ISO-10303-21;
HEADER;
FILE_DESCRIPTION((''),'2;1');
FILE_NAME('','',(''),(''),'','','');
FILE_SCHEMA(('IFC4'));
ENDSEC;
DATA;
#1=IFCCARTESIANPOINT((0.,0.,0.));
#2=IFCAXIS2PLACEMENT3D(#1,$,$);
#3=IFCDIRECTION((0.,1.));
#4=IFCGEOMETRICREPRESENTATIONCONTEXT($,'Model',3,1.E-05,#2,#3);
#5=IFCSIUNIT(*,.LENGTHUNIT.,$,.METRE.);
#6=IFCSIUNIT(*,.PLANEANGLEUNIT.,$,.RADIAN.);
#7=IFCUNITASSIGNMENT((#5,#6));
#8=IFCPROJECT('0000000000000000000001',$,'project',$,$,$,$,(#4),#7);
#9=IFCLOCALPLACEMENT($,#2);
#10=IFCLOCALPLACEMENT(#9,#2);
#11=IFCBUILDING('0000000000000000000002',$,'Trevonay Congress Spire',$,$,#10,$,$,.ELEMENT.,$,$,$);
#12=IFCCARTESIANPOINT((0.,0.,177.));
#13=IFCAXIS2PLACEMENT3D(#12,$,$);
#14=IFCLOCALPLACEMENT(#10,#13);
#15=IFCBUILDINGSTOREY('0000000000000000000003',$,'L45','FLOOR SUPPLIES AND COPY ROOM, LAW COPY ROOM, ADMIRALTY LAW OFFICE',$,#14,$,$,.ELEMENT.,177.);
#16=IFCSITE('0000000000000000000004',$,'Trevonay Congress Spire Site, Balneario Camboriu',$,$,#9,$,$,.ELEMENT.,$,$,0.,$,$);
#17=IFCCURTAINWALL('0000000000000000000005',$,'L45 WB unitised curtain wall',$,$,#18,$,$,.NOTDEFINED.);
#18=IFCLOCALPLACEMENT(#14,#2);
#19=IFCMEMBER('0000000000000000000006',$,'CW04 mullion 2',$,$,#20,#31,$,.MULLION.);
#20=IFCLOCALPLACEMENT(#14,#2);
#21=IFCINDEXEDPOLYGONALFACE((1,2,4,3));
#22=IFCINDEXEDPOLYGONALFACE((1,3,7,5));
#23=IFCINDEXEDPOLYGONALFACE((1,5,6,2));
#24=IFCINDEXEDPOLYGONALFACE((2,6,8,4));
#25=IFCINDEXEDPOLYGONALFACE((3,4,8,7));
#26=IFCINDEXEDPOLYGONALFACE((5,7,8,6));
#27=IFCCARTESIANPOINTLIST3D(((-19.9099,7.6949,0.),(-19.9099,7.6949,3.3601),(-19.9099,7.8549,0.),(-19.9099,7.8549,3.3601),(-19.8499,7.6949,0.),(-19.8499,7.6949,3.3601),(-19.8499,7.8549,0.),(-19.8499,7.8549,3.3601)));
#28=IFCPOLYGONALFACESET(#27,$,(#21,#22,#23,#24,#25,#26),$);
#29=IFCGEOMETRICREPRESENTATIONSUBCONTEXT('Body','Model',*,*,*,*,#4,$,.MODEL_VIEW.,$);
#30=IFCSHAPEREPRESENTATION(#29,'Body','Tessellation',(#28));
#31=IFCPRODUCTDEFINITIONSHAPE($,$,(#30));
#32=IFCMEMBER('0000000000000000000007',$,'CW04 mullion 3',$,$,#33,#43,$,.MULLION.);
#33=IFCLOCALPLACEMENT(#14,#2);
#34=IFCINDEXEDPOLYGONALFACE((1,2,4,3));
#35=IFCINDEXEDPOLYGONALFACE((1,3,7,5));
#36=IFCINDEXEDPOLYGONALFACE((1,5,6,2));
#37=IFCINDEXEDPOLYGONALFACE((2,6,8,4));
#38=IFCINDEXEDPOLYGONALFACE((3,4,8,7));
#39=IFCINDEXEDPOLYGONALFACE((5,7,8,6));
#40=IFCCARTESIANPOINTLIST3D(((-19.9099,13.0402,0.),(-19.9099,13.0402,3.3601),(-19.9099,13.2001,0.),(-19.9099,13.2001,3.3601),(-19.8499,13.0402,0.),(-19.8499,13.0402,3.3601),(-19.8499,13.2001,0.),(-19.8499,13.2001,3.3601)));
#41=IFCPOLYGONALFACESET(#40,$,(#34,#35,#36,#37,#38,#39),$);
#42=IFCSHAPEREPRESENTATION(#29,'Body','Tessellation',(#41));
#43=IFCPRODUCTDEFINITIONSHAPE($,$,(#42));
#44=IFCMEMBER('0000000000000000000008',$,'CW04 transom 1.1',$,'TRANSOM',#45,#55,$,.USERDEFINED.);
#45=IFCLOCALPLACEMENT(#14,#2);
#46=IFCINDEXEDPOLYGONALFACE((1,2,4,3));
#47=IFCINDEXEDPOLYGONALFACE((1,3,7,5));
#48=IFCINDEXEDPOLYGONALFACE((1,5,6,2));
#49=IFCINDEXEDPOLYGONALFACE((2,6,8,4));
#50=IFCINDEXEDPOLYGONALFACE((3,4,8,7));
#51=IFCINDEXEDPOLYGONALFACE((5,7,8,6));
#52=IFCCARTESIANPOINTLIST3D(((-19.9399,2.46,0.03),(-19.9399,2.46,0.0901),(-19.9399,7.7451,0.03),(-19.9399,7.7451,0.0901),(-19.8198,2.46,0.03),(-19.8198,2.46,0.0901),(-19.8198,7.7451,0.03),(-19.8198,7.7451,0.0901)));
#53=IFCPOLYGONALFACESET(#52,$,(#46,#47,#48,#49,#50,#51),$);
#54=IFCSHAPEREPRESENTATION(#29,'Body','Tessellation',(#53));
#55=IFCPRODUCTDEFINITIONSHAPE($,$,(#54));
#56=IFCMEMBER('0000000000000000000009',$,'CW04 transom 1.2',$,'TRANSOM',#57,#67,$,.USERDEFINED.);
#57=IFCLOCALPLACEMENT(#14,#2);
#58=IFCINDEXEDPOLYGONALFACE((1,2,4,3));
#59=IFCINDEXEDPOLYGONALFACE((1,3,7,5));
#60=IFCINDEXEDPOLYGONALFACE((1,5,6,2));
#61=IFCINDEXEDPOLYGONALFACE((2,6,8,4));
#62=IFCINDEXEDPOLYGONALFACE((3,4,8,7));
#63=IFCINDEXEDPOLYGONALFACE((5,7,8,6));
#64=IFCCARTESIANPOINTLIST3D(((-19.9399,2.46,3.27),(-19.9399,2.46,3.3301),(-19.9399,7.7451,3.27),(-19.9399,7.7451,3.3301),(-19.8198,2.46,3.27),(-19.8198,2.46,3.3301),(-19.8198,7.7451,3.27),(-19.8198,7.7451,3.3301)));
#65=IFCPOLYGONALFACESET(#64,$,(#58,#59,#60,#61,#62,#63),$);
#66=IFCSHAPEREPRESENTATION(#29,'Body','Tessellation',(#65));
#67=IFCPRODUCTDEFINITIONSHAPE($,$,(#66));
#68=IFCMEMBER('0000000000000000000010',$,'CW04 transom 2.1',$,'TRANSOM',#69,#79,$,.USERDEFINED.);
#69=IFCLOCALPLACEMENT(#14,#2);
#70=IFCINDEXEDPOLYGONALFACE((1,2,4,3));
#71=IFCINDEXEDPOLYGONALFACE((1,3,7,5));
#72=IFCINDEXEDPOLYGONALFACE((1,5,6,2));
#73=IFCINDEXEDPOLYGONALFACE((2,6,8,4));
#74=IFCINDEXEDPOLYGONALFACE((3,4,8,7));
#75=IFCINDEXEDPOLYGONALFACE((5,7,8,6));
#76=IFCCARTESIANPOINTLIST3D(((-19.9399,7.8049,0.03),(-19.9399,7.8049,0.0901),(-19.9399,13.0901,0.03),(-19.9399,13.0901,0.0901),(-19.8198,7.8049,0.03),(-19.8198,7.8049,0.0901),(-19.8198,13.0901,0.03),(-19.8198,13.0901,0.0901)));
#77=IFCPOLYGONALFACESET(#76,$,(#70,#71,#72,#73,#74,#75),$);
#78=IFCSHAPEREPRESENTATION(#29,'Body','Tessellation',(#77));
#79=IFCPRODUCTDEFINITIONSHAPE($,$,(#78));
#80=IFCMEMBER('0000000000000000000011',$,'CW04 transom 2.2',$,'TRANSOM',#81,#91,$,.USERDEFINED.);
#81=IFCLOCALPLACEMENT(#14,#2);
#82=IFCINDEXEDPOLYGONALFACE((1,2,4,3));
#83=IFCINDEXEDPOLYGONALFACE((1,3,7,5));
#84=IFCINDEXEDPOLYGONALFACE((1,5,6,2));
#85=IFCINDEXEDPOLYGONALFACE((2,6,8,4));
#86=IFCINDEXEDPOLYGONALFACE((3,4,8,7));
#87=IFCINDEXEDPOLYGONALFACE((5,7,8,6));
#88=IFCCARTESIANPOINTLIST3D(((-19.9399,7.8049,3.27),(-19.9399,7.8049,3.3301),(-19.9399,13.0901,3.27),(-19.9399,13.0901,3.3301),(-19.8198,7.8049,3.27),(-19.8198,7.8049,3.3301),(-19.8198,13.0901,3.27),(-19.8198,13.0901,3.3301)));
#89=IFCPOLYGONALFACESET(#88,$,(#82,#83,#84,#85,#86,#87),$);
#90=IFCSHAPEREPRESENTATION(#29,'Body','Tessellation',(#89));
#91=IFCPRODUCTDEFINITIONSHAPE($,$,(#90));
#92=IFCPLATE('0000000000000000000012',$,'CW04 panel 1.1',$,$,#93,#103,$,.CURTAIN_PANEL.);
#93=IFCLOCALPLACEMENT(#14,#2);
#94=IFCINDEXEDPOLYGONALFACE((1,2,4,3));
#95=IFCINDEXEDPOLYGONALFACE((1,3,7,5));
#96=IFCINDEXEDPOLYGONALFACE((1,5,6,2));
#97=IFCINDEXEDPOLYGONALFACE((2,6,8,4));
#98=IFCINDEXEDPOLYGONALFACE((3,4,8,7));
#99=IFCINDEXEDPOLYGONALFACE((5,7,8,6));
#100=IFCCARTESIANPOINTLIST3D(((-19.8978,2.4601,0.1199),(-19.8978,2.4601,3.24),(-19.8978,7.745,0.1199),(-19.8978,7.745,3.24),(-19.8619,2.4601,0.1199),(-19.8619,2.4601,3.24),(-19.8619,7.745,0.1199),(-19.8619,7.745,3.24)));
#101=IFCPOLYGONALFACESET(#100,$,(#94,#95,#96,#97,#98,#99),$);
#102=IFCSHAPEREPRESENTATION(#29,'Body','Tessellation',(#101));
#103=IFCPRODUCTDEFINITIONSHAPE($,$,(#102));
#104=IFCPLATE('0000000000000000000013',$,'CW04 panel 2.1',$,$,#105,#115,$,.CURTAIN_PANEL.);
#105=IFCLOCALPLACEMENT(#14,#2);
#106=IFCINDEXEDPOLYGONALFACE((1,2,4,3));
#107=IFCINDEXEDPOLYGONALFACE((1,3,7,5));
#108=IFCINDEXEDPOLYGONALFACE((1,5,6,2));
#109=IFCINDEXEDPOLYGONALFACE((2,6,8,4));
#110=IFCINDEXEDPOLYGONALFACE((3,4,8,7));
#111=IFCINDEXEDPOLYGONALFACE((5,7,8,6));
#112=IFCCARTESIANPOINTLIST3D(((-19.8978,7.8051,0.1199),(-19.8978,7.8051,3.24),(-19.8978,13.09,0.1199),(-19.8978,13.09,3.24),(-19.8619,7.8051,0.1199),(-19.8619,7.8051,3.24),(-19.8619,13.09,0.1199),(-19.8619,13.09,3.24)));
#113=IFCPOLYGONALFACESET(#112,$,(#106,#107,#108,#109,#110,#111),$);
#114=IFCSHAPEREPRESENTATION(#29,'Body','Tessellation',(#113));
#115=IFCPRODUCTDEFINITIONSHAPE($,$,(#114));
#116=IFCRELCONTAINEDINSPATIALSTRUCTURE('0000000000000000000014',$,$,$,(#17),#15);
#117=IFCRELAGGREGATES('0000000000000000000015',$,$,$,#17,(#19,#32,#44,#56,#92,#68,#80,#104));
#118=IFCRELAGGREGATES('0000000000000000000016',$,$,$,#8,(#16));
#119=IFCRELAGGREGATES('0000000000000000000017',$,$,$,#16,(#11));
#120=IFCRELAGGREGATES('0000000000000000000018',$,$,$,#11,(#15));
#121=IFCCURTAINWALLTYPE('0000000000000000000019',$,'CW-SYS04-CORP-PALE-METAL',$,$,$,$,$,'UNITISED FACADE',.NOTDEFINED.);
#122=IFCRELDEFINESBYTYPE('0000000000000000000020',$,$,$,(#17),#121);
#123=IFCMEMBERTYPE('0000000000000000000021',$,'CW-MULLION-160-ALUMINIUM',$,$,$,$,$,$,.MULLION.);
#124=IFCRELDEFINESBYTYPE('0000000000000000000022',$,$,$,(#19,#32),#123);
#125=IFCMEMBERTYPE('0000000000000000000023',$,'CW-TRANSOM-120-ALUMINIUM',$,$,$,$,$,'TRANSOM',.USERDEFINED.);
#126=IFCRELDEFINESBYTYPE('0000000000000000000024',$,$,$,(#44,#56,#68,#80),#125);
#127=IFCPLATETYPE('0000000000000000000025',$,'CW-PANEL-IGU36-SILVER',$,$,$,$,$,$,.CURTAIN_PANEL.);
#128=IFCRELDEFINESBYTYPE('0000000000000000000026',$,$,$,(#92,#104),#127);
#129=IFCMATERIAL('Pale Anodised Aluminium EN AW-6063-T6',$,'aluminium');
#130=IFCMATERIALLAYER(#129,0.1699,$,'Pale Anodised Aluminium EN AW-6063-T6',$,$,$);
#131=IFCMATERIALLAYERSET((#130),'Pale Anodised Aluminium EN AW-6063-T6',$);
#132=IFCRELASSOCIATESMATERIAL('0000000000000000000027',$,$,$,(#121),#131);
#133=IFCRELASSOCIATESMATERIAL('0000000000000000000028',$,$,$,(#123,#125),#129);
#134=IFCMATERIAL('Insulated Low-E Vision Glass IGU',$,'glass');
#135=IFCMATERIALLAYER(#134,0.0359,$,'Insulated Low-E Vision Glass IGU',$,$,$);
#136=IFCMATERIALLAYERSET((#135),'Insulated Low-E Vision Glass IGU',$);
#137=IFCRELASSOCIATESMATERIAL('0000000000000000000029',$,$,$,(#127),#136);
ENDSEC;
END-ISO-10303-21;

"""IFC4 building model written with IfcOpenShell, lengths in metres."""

from ifc_helpers import new_model, si_unit, direction, frame, origin, origin_2d, place, context, subcontext, project, spatial, rectangle, extrude, material, layer, layer_set, material_profile, profile_set, type_object, element, aggregate, save


model = new_model("IFC4")

# Units and contexts
model_context = context("Model", 3, precision=1e-05, world=origin(), true_north=direction((0.0, 1.0)))
body_context = subcontext(model_context, "Body", "Model", "MODEL_VIEW")
ifc_project = project(units=[si_unit("LENGTHUNIT", "METRE"), si_unit("PLANEANGLEUNIT", "RADIAN")], contexts=[model_context])

# Site, building, storey
site_placement = place(None, origin())
site = spatial("IfcSite", under=ifc_project, at=site_placement, Name="Trevonay Congress Spire Site, Balneario Camboriu", CompositionType="ELEMENT", RefElevation=0.0)
building_placement = place(site_placement, origin())
building = spatial("IfcBuilding", under=site, at=building_placement, Name="Trevonay Congress Spire", CompositionType="ELEMENT")
storey_placement = place(building_placement, frame((0.0, 0.0, 177.0)))
storey = spatial("IfcBuildingStorey", under=building, at=storey_placement, Name="L45", Description="FLOOR SUPPLIES AND COPY ROOM, LAW COPY ROOM, ADMIRALTY LAW OFFICE", CompositionType="ELEMENT", Elevation=177.0)

# Curtain wall, members, plates
ifc_material_1 = material(Name="Pale Anodised Aluminium EN AW-6063-T6", Category="aluminium")
ifc_layer_1 = layer(ifc_material_1, 0.1699, Name="Pale Anodised Aluminium EN AW-6063-T6")
ifc_layer_set_1 = layer_set([ifc_layer_1], Name="Pale Anodised Aluminium EN AW-6063-T6")
curtain_wall_type = type_object("IfcCurtainWallType", Name="CW-SYS04-CORP-PALE-METAL", ElementType="UNITISED FACADE", PredefinedType="NOTDEFINED", material=ifc_layer_set_1)
curtain_wall_placement = place(storey_placement, origin())
curtain_wall = element("IfcCurtainWall", 1, at=curtain_wall_placement, inside=storey, type_object=curtain_wall_type, Name="L45 WB unitised curtain wall", PredefinedType="NOTDEFINED")
ifc_material_profile_1 = material_profile(ifc_material_1, rectangle(XDim=0.0601, YDim=0.1599, at=origin_2d()), Name="CW-MULLION-160-ALUMINIUM")
ifc_profile_set_1 = profile_set([ifc_material_profile_1], Name="Pale Anodised Aluminium EN AW-6063-T6")
member_type_1 = type_object("IfcMemberType", Name="CW-MULLION-160-ALUMINIUM", PredefinedType="MULLION", material=ifc_profile_set_1)
member_1_placement = place(storey_placement, frame((-19.8799, 7.7749, 0.0), z_axis=(0.0, 0.0, 1.0), x_axis=(-1.0, 0.0, 0.0)))
member_1 = element("IfcMember", 2, at=member_1_placement, type_object=member_type_1, Name="CW04 mullion 2", PredefinedType="MULLION", context=body_context, shape_type="SweptSolid", body=[
    extrude(rectangle(XDim=0.0601, YDim=0.1599, at=origin_2d()), origin(), (0.0, 0.0, 1.0), 3.3601),
])
member_2_placement = place(storey_placement, frame((-19.8799, 13.1201, 0.0), z_axis=(0.0, 0.0, 1.0), x_axis=(-1.0, 0.0, 0.0)))
member_2 = element("IfcMember", 3, at=member_2_placement, type_object=member_type_1, Name="CW04 mullion 3", PredefinedType="MULLION", context=body_context, shape_type="SweptSolid", body=[
    extrude(rectangle(XDim=0.0601, YDim=0.1599, at=origin_2d()), origin(), (0.0, 0.0, 1.0), 3.3601),
])
ifc_material_profile_2 = material_profile(ifc_material_1, rectangle(XDim=0.1201, YDim=0.0601, at=origin_2d()), Name="CW-TRANSOM-120-ALUMINIUM")
ifc_profile_set_2 = profile_set([ifc_material_profile_2], Name="Pale Anodised Aluminium EN AW-6063-T6")
member_type_2 = type_object("IfcMemberType", Name="CW-TRANSOM-120-ALUMINIUM", ElementType="TRANSOM", PredefinedType="USERDEFINED", material=ifc_profile_set_2)
member_3_placement = place(storey_placement, frame((-19.8799, 2.46, 0.0601), z_axis=(0.0, 1.0, 0.0), x_axis=(-1.0, 0.0, 0.0)))
member_3 = element("IfcMember", 4, at=member_3_placement, type_object=member_type_2, Name="CW04 transom 1.1", ObjectType="TRANSOM", PredefinedType="USERDEFINED", context=body_context, shape_type="SweptSolid", body=[
    extrude(rectangle(XDim=0.1201, YDim=0.0601, at=origin_2d()), origin(), (0.0, 0.0, 1.0), 5.2852),
])
member_4_placement = place(storey_placement, frame((-19.8799, 2.46, 3.3), z_axis=(0.0, 1.0, 0.0), x_axis=(-1.0, 0.0, 0.0)))
member_4 = element("IfcMember", 5, at=member_4_placement, type_object=member_type_2, Name="CW04 transom 1.2", ObjectType="TRANSOM", PredefinedType="USERDEFINED", context=body_context, shape_type="SweptSolid", body=[
    extrude(rectangle(XDim=0.1201, YDim=0.0601, at=origin_2d()), origin(), (0.0, 0.0, 1.0), 5.2852),
])
member_5_placement = place(storey_placement, frame((-19.8799, 7.8049, 0.0601), z_axis=(0.0, 1.0, 0.0), x_axis=(-1.0, 0.0, 0.0)))
member_5 = element("IfcMember", 6, at=member_5_placement, type_object=member_type_2, Name="CW04 transom 2.1", ObjectType="TRANSOM", PredefinedType="USERDEFINED", context=body_context, shape_type="SweptSolid", body=[
    extrude(rectangle(XDim=0.1201, YDim=0.0601, at=origin_2d()), origin(), (0.0, 0.0, 1.0), 5.2852),
])
member_6_placement = place(storey_placement, frame((-19.8799, 7.8049, 3.3), z_axis=(0.0, 1.0, 0.0), x_axis=(-1.0, 0.0, 0.0)))
member_6 = element("IfcMember", 7, at=member_6_placement, type_object=member_type_2, Name="CW04 transom 2.2", ObjectType="TRANSOM", PredefinedType="USERDEFINED", context=body_context, shape_type="SweptSolid", body=[
    extrude(rectangle(XDim=0.1201, YDim=0.0601, at=origin_2d()), origin(), (0.0, 0.0, 1.0), 5.2852),
])
ifc_material_2 = material(Name="Insulated Low-E Vision Glass IGU", Category="glass")
ifc_layer_2 = layer(ifc_material_2, 0.0359, Name="Insulated Low-E Vision Glass IGU")
ifc_layer_set_2 = layer_set([ifc_layer_2], Name="Insulated Low-E Vision Glass IGU")
plate_type = type_object("IfcPlateType", Name="CW-PANEL-IGU36-SILVER", PredefinedType="CURTAIN_PANEL", material=ifc_layer_set_2)
plate_1_placement = place(storey_placement, frame((-19.8799, 5.1025, 0.1199), z_axis=(0.0, 0.0, 1.0), x_axis=(0.0, 1.0, 0.0)))
plate_1 = element("IfcPlate", 8, at=plate_1_placement, type_object=plate_type, Name="CW04 panel 1.1", PredefinedType="CURTAIN_PANEL", context=body_context, shape_type="SweptSolid", body=[
    extrude(rectangle(XDim=5.2849, YDim=0.0359, at=origin_2d()), origin(), (0.0, 0.0, 1.0), 3.1201),
])
plate_2_placement = place(storey_placement, frame((-19.8799, 10.4475, 0.1199), z_axis=(0.0, 0.0, 1.0), x_axis=(0.0, 1.0, 0.0)))
plate_2 = element("IfcPlate", 9, at=plate_2_placement, type_object=plate_type, Name="CW04 panel 2.1", PredefinedType="CURTAIN_PANEL", context=body_context, shape_type="SweptSolid", body=[
    extrude(rectangle(XDim=5.2849, YDim=0.0359, at=origin_2d()), origin(), (0.0, 0.0, 1.0), 3.1201),
])
aggregate(curtain_wall, [member_1, member_2, member_3, member_4, plate_1, member_5, member_6, plate_2])

save(model, "model.ifc")
